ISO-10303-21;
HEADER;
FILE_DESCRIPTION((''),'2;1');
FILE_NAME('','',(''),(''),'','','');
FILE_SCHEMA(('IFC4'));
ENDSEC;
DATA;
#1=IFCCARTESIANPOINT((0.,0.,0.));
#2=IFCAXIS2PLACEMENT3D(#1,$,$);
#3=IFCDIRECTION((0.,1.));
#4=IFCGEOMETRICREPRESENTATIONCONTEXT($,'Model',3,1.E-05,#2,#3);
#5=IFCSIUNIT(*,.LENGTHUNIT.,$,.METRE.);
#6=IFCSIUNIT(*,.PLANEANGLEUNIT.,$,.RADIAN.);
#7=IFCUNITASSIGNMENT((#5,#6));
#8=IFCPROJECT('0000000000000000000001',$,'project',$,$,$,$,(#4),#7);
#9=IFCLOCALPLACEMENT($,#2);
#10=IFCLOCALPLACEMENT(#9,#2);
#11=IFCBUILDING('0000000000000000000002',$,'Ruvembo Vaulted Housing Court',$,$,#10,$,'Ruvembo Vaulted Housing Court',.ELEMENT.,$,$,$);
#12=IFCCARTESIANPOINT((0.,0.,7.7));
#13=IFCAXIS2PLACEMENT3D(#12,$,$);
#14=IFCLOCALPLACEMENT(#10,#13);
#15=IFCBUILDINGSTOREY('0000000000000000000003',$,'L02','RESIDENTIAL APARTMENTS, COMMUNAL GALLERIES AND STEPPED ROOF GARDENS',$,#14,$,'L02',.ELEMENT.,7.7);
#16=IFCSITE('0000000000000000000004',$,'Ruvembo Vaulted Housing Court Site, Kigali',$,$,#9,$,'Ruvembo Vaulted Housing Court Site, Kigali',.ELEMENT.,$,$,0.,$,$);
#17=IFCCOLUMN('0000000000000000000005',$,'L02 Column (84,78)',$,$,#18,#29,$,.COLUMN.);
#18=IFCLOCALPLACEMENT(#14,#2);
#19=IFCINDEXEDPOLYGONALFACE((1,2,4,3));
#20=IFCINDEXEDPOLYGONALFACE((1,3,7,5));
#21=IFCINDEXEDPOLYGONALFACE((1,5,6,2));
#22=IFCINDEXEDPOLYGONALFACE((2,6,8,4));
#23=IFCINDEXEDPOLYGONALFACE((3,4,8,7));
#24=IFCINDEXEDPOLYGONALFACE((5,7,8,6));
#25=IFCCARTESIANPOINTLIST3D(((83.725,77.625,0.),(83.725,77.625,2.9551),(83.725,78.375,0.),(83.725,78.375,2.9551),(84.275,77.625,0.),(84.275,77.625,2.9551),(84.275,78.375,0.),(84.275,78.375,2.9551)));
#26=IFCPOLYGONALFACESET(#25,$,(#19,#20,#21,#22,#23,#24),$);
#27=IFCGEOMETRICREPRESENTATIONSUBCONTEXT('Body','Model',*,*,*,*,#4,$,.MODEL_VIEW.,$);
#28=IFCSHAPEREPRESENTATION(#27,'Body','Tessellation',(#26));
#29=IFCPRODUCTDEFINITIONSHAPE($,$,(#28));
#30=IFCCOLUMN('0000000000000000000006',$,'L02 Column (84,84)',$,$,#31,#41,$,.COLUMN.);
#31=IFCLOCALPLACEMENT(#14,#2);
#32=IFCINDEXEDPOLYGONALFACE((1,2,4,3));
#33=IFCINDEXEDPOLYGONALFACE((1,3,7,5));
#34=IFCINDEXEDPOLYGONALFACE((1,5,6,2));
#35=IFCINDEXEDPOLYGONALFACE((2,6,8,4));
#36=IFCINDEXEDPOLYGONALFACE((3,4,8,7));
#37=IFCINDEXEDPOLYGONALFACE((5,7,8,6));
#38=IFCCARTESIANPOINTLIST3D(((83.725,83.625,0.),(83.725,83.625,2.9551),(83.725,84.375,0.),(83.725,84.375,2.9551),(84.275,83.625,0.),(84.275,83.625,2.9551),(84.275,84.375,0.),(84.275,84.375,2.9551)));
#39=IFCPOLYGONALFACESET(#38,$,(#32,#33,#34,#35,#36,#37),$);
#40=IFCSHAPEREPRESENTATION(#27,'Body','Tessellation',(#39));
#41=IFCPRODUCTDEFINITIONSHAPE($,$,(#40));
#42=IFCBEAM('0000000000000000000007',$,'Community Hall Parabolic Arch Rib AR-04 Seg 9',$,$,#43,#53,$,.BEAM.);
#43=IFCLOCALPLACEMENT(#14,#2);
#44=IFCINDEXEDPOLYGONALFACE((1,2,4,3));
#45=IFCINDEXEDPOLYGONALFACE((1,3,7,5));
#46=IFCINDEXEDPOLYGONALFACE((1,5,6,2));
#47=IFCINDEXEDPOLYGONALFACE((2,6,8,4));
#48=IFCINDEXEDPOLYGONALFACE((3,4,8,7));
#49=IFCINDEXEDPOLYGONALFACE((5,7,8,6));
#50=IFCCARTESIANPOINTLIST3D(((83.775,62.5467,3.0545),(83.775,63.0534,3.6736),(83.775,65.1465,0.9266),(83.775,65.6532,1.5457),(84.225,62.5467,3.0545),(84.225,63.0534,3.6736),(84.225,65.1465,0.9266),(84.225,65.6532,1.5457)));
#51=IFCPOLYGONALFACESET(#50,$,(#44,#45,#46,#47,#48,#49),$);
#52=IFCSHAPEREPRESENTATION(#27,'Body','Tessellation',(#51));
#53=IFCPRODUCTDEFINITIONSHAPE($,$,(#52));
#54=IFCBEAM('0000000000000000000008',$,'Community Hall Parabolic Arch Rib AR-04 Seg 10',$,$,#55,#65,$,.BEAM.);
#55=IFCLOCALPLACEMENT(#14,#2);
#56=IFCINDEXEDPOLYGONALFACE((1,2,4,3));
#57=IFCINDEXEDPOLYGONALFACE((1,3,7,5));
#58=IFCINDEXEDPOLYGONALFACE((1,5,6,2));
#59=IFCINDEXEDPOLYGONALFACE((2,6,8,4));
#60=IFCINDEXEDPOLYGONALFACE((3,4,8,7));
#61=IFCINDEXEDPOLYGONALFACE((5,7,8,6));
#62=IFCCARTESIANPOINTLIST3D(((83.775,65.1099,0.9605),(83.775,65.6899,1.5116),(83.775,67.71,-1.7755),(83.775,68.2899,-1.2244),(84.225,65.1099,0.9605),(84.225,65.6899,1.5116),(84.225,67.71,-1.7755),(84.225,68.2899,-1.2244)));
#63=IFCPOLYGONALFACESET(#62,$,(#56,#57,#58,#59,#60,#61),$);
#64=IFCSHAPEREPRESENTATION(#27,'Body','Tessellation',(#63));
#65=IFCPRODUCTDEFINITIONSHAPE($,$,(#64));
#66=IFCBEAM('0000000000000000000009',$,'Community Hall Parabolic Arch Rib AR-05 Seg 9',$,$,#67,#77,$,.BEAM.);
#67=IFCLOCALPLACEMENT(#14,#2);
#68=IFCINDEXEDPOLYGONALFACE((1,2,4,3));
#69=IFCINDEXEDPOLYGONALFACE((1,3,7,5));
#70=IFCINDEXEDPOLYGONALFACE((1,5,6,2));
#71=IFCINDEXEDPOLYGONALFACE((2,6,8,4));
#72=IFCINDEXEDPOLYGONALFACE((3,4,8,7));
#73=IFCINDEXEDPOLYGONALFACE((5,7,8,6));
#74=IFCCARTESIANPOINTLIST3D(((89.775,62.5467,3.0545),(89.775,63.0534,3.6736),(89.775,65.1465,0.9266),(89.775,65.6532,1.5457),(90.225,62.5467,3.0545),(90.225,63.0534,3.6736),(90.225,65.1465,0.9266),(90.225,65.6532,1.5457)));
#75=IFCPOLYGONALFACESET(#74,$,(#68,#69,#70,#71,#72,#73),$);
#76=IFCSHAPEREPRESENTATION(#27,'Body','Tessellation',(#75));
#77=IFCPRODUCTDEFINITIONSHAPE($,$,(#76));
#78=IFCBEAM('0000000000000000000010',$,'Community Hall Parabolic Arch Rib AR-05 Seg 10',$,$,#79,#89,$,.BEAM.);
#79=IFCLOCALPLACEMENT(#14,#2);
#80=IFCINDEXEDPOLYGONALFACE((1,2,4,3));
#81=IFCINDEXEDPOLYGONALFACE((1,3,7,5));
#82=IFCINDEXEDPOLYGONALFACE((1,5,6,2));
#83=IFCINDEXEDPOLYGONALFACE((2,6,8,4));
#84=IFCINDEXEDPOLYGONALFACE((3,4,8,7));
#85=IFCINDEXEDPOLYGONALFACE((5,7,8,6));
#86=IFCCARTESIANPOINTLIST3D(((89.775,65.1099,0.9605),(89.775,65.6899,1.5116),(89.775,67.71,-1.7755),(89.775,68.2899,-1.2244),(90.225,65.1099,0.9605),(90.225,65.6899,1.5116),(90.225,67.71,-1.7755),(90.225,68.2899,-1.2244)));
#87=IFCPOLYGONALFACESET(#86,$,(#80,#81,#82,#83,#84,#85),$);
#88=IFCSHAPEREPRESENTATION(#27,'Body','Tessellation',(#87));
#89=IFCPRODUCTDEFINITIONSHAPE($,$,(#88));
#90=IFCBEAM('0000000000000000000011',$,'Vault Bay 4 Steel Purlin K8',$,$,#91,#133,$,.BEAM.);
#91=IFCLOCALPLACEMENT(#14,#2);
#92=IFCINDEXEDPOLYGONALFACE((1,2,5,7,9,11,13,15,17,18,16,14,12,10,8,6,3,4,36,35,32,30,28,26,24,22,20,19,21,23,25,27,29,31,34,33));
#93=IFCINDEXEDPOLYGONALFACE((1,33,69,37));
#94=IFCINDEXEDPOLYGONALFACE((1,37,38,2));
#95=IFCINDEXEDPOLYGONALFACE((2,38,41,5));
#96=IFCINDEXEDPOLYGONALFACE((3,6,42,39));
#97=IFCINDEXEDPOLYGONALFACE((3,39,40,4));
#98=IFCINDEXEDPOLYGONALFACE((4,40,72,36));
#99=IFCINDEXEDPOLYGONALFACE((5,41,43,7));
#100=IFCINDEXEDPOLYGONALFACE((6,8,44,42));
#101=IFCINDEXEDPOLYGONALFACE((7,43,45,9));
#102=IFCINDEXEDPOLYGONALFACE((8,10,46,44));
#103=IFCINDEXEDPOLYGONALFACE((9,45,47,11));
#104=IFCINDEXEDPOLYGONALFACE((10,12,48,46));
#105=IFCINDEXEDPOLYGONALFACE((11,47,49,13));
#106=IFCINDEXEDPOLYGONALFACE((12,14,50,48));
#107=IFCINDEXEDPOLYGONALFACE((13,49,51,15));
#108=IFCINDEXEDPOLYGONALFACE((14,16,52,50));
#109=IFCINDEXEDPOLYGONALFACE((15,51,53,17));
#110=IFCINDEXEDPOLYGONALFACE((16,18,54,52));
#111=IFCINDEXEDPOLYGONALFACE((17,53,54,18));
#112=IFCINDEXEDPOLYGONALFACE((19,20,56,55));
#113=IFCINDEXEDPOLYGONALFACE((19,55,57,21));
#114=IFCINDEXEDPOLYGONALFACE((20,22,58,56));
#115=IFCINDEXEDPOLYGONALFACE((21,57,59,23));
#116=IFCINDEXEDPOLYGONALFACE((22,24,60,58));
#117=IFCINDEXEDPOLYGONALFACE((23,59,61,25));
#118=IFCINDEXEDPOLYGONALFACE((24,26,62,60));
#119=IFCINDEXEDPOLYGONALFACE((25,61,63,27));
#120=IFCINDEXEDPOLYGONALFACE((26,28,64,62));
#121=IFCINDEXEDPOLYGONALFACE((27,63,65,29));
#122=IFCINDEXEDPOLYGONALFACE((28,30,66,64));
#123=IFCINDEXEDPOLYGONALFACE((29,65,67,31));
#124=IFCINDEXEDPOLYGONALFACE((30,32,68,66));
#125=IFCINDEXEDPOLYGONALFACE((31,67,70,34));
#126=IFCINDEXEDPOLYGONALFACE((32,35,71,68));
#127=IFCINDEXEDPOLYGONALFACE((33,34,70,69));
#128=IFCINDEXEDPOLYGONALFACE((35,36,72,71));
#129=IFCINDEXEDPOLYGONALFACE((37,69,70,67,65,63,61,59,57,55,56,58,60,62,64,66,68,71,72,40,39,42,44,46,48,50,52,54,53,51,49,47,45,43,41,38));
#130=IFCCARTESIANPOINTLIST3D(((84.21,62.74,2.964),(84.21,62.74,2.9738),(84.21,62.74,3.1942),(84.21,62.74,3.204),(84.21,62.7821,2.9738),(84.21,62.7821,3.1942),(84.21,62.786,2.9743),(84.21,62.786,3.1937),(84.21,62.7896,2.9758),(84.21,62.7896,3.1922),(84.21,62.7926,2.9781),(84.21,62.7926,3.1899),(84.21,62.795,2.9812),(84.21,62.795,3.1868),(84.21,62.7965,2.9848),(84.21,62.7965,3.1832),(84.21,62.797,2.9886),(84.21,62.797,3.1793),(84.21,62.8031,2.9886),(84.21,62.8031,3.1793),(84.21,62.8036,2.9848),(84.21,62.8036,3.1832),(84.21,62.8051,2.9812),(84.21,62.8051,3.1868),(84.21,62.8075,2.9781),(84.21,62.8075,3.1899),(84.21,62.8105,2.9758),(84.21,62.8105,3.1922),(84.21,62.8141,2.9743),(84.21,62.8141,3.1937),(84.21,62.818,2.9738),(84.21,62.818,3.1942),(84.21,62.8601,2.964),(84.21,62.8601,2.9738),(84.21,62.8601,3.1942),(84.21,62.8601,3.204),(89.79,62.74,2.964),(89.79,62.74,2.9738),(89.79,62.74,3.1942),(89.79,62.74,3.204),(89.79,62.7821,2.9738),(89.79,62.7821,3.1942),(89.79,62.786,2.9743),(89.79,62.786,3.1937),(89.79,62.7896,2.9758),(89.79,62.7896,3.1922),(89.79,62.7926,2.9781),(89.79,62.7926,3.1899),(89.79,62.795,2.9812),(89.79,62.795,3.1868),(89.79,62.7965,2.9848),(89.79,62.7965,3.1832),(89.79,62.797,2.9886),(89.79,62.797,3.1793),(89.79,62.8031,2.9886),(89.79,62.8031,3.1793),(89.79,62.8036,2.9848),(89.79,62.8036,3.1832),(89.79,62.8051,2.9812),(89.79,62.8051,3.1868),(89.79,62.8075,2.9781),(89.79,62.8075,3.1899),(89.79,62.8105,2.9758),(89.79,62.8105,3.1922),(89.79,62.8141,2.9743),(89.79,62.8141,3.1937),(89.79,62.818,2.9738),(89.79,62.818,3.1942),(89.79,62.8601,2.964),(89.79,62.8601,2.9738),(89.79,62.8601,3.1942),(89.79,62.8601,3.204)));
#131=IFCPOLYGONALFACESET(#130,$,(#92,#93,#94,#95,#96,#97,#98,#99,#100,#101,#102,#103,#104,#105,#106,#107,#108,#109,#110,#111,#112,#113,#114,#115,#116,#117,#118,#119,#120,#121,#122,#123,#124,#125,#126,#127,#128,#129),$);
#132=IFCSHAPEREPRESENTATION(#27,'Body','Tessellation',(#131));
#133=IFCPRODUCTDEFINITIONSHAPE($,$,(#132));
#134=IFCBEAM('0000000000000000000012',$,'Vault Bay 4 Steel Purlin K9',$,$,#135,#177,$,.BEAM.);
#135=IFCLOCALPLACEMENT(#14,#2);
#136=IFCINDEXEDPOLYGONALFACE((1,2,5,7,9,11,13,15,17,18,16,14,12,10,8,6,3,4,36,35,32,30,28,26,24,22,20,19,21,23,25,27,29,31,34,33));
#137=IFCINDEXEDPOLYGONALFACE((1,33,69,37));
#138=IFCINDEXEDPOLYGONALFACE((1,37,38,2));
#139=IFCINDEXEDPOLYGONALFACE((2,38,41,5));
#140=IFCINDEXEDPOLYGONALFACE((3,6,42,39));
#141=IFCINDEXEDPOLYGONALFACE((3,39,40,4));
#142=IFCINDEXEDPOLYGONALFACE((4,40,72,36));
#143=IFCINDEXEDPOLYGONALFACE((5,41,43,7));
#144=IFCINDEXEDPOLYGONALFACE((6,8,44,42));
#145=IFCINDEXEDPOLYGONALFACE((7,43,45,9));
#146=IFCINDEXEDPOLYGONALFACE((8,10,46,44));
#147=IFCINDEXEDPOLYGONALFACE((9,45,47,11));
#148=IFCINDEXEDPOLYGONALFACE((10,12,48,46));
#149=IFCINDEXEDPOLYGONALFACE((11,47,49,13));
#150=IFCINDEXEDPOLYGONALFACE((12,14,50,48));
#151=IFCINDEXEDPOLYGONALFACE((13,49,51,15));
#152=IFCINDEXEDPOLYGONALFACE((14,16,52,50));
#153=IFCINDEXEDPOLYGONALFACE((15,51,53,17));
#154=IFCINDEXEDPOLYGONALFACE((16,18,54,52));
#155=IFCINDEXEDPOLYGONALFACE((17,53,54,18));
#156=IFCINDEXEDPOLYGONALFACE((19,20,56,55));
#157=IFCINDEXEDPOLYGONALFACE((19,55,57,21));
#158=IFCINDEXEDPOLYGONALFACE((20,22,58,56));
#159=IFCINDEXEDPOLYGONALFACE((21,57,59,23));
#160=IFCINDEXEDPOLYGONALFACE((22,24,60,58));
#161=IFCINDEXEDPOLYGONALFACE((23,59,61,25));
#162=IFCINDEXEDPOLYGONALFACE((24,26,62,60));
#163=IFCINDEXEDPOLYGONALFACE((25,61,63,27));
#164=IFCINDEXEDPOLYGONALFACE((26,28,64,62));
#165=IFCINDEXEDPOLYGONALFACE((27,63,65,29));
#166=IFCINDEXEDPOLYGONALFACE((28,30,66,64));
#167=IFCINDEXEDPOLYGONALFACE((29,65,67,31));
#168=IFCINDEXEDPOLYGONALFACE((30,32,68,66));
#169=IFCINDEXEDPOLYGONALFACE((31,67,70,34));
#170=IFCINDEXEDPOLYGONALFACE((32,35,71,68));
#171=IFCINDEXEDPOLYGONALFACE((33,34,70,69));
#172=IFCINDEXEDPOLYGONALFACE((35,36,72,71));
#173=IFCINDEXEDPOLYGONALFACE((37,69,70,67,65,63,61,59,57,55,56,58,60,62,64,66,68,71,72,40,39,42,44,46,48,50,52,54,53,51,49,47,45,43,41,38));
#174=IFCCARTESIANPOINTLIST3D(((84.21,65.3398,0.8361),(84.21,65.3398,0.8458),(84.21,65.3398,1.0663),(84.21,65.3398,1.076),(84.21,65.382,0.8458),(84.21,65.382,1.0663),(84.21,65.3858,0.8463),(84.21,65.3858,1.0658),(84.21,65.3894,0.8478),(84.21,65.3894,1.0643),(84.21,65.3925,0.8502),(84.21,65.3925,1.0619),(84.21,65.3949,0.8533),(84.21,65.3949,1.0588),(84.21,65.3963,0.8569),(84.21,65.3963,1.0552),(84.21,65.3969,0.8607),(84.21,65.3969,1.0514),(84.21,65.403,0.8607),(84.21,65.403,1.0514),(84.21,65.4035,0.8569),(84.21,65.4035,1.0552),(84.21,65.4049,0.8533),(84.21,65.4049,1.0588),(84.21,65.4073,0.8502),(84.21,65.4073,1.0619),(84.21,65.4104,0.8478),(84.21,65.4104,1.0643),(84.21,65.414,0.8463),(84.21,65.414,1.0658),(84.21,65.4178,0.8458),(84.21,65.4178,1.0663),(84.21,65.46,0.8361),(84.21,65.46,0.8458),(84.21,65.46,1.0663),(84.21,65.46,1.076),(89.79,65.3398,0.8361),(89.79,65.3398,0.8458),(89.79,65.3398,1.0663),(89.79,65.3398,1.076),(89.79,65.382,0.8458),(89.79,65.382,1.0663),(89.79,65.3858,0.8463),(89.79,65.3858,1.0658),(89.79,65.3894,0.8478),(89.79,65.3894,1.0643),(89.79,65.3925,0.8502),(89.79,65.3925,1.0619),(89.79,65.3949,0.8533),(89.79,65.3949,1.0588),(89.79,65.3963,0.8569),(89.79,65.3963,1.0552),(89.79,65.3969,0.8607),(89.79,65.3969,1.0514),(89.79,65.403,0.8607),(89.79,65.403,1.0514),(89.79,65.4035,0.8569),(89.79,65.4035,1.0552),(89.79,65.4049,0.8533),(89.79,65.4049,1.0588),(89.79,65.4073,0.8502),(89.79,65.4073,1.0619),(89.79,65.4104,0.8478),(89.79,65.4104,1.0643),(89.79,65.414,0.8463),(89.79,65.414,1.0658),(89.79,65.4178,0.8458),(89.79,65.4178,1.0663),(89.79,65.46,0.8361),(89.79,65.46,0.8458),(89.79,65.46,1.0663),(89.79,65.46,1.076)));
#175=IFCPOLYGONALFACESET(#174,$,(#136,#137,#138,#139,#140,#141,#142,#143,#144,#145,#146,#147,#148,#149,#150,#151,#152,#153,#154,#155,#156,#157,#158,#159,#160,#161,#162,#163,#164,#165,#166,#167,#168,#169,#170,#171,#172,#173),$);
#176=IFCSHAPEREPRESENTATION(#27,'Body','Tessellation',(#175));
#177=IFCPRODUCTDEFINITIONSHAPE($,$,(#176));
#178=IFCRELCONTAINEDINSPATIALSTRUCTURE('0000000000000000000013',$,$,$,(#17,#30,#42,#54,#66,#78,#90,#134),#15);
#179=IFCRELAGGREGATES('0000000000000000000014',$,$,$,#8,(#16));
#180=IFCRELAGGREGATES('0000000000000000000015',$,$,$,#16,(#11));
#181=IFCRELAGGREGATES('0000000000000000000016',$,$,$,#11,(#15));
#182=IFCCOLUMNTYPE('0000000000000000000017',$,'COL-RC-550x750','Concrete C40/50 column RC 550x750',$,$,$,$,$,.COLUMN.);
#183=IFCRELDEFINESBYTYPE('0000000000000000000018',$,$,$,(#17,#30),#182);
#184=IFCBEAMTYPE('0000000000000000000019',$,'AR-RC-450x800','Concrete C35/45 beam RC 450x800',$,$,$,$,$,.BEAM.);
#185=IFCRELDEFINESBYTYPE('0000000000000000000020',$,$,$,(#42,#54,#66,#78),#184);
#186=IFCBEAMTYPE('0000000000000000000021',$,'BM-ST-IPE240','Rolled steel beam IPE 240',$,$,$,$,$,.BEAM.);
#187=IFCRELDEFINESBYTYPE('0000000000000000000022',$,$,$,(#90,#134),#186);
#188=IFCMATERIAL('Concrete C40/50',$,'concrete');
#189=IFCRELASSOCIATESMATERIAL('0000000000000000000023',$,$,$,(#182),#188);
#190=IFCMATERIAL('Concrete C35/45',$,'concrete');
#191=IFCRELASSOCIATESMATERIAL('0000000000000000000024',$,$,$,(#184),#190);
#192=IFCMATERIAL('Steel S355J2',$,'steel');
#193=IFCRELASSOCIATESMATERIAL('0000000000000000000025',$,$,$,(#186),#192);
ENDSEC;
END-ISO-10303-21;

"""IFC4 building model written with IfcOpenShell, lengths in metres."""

from ifc_helpers import new_model, si_unit, direction, frame, origin, origin_2d, place, context, subcontext, project, spatial, rectangle, i_section, extrude, material, material_profile, profile_set, type_object, element, save


model = new_model("IFC4")

# Units and contexts
model_context = context("Model", 3, precision=1e-05, world=origin(), true_north=direction((0.0, 1.0)))
body_context = subcontext(model_context, "Body", "Model", "MODEL_VIEW")
ifc_project = project(units=[si_unit("LENGTHUNIT", "METRE"), si_unit("PLANEANGLEUNIT", "RADIAN")], contexts=[model_context])

# Site, building, storey
site_placement = place(None, origin())
site = spatial("IfcSite", under=ifc_project, at=site_placement, Name="Ruvembo Vaulted Housing Court Site, Kigali", LongName="Ruvembo Vaulted Housing Court Site, Kigali", CompositionType="ELEMENT", RefElevation=0.0)
building_placement = place(site_placement, origin())
building = spatial("IfcBuilding", under=site, at=building_placement, Name="Ruvembo Vaulted Housing Court", LongName="Ruvembo Vaulted Housing Court", CompositionType="ELEMENT")
storey_placement = place(building_placement, frame((0.0, 0.0, 7.7)))
storey = spatial("IfcBuildingStorey", under=building, at=storey_placement, Name="L02", Description="RESIDENTIAL APARTMENTS, COMMUNAL GALLERIES AND STEPPED ROOF GARDENS", LongName="L02", CompositionType="ELEMENT", Elevation=7.7)

# Columns
ifc_material_1 = material(Name="Concrete C40/50", Category="concrete")
ifc_material_profile_1 = material_profile(ifc_material_1, rectangle(XDim=0.55, YDim=0.75, at=origin_2d()), Name="RC 550x750")
ifc_profile_set_1 = profile_set([ifc_material_profile_1], Name="Concrete C40/50")
column_type = type_object("IfcColumnType", Name="COL-RC-550x750", Description="Concrete C40/50 column RC 550x750", PredefinedType="COLUMN", material=ifc_profile_set_1)
for number, where, z_axis, x_axis, name in (
    (1, (84.0, 78.0, 0.0), (0.0, 0.0, 1.0), (1.0, 0.0, 0.0), "L02 Column (84,78)"),
    (2, (84.0, 84.0, 0.0), (0.0, 0.0, 1.0), (1.0, 0.0, 0.0), "L02 Column (84,84)"),
):
    element("IfcColumn", number, at=place(storey_placement, frame(where, z_axis=z_axis, x_axis=x_axis)), inside=storey, type_object=column_type, Name=name, PredefinedType="COLUMN", context=body_context, shape_type="SweptSolid", body=[
        extrude(rectangle(XDim=0.55, YDim=0.75, at=origin_2d()), origin(), (0.0, 0.0, 1.0), 2.9551),
    ])

# Beams
ifc_material_2 = material(Name="Concrete C35/45", Category="concrete")
ifc_material_profile_2 = material_profile(ifc_material_2, rectangle(XDim=0.45, YDim=0.8, at=origin_2d()), Name="RC 450x800")
ifc_profile_set_2 = profile_set([ifc_material_profile_2], Name="Concrete C35/45")
beam_type_1 = type_object("IfcBeamType", Name="AR-RC-450x800", Description="Concrete C35/45 beam RC 450x800", PredefinedType="BEAM", material=ifc_profile_set_2)
beam_1_placement = place(storey_placement, frame((84.0, 62.8, 3.364), z_axis=(0.0, 0.773844, -0.633376), x_axis=(-1.0, 0.0, 0.0)))
element("IfcBeam", 3, at=beam_1_placement, inside=storey, type_object=beam_type_1, Name="Community Hall Parabolic Arch Rib AR-04 Seg 9", PredefinedType="BEAM", context=body_context, shape_type="SweptSolid", body=[
    extrude(rectangle(XDim=0.45, YDim=0.8, at=origin_2d()), origin(), (0.0, 0.0, 1.0), 3.3596),
])
beam_2_placement = place(storey_placement, frame((84.0, 65.3999, 1.2361), z_axis=(0.0, 0.688863, -0.724891), x_axis=(-1.0, 0.0, 0.0)))
element("IfcBeam", 4, at=beam_2_placement, inside=storey, type_object=beam_type_1, Name="Community Hall Parabolic Arch Rib AR-04 Seg 10", PredefinedType="BEAM", context=body_context, shape_type="SweptSolid", body=[
    extrude(rectangle(XDim=0.45, YDim=0.8, at=origin_2d()), origin(), (0.0, 0.0, 1.0), 3.7744),
])
beam_3_placement = place(storey_placement, frame((90.0, 62.8, 3.364), z_axis=(0.0, 0.773844, -0.633376), x_axis=(-1.0, 0.0, 0.0)))
element("IfcBeam", 5, at=beam_3_placement, inside=storey, type_object=beam_type_1, Name="Community Hall Parabolic Arch Rib AR-05 Seg 9", PredefinedType="BEAM", context=body_context, shape_type="SweptSolid", body=[
    extrude(rectangle(XDim=0.45, YDim=0.8, at=origin_2d()), origin(), (0.0, 0.0, 1.0), 3.3596),
])
beam_4_placement = place(storey_placement, frame((90.0, 65.3999, 1.2361), z_axis=(0.0, 0.688863, -0.724891), x_axis=(-1.0, 0.0, 0.0)))
element("IfcBeam", 6, at=beam_4_placement, inside=storey, type_object=beam_type_1, Name="Community Hall Parabolic Arch Rib AR-05 Seg 10", PredefinedType="BEAM", context=body_context, shape_type="SweptSolid", body=[
    extrude(rectangle(XDim=0.45, YDim=0.8, at=origin_2d()), origin(), (0.0, 0.0, 1.0), 3.7744),
])
ifc_material_3 = material(Name="Steel S355J2", Category="steel")
ifc_material_profile_3 = material_profile(ifc_material_3, i_section(OverallWidth=0.1201, OverallDepth=0.24, WebThickness=0.0061, FlangeThickness=0.0098, FilletRadius=0.0149, at=origin_2d()), Name="IPE 240")
ifc_profile_set_3 = profile_set([ifc_material_profile_3], Name="Steel S355J2")
beam_type_2 = type_object("IfcBeamType", Name="BM-ST-IPE240", Description="Rolled steel beam IPE 240", PredefinedType="BEAM", material=ifc_profile_set_3)
for number, where, z_axis, x_axis, name in (
    (7, (84.21, 62.8, 3.084), (1.0, 0.0, 0.0), (0.0, 1.0, 0.0), "Vault Bay 4 Steel Purlin K8"),
    (8, (84.21, 65.3999, 0.9561), (1.0, 0.0, 0.0), (0.0, 1.0, 0.0), "Vault Bay 4 Steel Purlin K9"),
):
    element("IfcBeam", number, at=place(storey_placement, frame(where, z_axis=z_axis, x_axis=x_axis)), inside=storey, type_object=beam_type_2, Name=name, PredefinedType="BEAM", context=body_context, shape_type="SweptSolid", body=[
        extrude(i_section(OverallWidth=0.1201, OverallDepth=0.24, WebThickness=0.0061, FlangeThickness=0.0098, FilletRadius=0.0149, at=origin_2d()), origin(), (0.0, 0.0, 1.0), 5.5801),
    ])

save(model, "model.ifc")
